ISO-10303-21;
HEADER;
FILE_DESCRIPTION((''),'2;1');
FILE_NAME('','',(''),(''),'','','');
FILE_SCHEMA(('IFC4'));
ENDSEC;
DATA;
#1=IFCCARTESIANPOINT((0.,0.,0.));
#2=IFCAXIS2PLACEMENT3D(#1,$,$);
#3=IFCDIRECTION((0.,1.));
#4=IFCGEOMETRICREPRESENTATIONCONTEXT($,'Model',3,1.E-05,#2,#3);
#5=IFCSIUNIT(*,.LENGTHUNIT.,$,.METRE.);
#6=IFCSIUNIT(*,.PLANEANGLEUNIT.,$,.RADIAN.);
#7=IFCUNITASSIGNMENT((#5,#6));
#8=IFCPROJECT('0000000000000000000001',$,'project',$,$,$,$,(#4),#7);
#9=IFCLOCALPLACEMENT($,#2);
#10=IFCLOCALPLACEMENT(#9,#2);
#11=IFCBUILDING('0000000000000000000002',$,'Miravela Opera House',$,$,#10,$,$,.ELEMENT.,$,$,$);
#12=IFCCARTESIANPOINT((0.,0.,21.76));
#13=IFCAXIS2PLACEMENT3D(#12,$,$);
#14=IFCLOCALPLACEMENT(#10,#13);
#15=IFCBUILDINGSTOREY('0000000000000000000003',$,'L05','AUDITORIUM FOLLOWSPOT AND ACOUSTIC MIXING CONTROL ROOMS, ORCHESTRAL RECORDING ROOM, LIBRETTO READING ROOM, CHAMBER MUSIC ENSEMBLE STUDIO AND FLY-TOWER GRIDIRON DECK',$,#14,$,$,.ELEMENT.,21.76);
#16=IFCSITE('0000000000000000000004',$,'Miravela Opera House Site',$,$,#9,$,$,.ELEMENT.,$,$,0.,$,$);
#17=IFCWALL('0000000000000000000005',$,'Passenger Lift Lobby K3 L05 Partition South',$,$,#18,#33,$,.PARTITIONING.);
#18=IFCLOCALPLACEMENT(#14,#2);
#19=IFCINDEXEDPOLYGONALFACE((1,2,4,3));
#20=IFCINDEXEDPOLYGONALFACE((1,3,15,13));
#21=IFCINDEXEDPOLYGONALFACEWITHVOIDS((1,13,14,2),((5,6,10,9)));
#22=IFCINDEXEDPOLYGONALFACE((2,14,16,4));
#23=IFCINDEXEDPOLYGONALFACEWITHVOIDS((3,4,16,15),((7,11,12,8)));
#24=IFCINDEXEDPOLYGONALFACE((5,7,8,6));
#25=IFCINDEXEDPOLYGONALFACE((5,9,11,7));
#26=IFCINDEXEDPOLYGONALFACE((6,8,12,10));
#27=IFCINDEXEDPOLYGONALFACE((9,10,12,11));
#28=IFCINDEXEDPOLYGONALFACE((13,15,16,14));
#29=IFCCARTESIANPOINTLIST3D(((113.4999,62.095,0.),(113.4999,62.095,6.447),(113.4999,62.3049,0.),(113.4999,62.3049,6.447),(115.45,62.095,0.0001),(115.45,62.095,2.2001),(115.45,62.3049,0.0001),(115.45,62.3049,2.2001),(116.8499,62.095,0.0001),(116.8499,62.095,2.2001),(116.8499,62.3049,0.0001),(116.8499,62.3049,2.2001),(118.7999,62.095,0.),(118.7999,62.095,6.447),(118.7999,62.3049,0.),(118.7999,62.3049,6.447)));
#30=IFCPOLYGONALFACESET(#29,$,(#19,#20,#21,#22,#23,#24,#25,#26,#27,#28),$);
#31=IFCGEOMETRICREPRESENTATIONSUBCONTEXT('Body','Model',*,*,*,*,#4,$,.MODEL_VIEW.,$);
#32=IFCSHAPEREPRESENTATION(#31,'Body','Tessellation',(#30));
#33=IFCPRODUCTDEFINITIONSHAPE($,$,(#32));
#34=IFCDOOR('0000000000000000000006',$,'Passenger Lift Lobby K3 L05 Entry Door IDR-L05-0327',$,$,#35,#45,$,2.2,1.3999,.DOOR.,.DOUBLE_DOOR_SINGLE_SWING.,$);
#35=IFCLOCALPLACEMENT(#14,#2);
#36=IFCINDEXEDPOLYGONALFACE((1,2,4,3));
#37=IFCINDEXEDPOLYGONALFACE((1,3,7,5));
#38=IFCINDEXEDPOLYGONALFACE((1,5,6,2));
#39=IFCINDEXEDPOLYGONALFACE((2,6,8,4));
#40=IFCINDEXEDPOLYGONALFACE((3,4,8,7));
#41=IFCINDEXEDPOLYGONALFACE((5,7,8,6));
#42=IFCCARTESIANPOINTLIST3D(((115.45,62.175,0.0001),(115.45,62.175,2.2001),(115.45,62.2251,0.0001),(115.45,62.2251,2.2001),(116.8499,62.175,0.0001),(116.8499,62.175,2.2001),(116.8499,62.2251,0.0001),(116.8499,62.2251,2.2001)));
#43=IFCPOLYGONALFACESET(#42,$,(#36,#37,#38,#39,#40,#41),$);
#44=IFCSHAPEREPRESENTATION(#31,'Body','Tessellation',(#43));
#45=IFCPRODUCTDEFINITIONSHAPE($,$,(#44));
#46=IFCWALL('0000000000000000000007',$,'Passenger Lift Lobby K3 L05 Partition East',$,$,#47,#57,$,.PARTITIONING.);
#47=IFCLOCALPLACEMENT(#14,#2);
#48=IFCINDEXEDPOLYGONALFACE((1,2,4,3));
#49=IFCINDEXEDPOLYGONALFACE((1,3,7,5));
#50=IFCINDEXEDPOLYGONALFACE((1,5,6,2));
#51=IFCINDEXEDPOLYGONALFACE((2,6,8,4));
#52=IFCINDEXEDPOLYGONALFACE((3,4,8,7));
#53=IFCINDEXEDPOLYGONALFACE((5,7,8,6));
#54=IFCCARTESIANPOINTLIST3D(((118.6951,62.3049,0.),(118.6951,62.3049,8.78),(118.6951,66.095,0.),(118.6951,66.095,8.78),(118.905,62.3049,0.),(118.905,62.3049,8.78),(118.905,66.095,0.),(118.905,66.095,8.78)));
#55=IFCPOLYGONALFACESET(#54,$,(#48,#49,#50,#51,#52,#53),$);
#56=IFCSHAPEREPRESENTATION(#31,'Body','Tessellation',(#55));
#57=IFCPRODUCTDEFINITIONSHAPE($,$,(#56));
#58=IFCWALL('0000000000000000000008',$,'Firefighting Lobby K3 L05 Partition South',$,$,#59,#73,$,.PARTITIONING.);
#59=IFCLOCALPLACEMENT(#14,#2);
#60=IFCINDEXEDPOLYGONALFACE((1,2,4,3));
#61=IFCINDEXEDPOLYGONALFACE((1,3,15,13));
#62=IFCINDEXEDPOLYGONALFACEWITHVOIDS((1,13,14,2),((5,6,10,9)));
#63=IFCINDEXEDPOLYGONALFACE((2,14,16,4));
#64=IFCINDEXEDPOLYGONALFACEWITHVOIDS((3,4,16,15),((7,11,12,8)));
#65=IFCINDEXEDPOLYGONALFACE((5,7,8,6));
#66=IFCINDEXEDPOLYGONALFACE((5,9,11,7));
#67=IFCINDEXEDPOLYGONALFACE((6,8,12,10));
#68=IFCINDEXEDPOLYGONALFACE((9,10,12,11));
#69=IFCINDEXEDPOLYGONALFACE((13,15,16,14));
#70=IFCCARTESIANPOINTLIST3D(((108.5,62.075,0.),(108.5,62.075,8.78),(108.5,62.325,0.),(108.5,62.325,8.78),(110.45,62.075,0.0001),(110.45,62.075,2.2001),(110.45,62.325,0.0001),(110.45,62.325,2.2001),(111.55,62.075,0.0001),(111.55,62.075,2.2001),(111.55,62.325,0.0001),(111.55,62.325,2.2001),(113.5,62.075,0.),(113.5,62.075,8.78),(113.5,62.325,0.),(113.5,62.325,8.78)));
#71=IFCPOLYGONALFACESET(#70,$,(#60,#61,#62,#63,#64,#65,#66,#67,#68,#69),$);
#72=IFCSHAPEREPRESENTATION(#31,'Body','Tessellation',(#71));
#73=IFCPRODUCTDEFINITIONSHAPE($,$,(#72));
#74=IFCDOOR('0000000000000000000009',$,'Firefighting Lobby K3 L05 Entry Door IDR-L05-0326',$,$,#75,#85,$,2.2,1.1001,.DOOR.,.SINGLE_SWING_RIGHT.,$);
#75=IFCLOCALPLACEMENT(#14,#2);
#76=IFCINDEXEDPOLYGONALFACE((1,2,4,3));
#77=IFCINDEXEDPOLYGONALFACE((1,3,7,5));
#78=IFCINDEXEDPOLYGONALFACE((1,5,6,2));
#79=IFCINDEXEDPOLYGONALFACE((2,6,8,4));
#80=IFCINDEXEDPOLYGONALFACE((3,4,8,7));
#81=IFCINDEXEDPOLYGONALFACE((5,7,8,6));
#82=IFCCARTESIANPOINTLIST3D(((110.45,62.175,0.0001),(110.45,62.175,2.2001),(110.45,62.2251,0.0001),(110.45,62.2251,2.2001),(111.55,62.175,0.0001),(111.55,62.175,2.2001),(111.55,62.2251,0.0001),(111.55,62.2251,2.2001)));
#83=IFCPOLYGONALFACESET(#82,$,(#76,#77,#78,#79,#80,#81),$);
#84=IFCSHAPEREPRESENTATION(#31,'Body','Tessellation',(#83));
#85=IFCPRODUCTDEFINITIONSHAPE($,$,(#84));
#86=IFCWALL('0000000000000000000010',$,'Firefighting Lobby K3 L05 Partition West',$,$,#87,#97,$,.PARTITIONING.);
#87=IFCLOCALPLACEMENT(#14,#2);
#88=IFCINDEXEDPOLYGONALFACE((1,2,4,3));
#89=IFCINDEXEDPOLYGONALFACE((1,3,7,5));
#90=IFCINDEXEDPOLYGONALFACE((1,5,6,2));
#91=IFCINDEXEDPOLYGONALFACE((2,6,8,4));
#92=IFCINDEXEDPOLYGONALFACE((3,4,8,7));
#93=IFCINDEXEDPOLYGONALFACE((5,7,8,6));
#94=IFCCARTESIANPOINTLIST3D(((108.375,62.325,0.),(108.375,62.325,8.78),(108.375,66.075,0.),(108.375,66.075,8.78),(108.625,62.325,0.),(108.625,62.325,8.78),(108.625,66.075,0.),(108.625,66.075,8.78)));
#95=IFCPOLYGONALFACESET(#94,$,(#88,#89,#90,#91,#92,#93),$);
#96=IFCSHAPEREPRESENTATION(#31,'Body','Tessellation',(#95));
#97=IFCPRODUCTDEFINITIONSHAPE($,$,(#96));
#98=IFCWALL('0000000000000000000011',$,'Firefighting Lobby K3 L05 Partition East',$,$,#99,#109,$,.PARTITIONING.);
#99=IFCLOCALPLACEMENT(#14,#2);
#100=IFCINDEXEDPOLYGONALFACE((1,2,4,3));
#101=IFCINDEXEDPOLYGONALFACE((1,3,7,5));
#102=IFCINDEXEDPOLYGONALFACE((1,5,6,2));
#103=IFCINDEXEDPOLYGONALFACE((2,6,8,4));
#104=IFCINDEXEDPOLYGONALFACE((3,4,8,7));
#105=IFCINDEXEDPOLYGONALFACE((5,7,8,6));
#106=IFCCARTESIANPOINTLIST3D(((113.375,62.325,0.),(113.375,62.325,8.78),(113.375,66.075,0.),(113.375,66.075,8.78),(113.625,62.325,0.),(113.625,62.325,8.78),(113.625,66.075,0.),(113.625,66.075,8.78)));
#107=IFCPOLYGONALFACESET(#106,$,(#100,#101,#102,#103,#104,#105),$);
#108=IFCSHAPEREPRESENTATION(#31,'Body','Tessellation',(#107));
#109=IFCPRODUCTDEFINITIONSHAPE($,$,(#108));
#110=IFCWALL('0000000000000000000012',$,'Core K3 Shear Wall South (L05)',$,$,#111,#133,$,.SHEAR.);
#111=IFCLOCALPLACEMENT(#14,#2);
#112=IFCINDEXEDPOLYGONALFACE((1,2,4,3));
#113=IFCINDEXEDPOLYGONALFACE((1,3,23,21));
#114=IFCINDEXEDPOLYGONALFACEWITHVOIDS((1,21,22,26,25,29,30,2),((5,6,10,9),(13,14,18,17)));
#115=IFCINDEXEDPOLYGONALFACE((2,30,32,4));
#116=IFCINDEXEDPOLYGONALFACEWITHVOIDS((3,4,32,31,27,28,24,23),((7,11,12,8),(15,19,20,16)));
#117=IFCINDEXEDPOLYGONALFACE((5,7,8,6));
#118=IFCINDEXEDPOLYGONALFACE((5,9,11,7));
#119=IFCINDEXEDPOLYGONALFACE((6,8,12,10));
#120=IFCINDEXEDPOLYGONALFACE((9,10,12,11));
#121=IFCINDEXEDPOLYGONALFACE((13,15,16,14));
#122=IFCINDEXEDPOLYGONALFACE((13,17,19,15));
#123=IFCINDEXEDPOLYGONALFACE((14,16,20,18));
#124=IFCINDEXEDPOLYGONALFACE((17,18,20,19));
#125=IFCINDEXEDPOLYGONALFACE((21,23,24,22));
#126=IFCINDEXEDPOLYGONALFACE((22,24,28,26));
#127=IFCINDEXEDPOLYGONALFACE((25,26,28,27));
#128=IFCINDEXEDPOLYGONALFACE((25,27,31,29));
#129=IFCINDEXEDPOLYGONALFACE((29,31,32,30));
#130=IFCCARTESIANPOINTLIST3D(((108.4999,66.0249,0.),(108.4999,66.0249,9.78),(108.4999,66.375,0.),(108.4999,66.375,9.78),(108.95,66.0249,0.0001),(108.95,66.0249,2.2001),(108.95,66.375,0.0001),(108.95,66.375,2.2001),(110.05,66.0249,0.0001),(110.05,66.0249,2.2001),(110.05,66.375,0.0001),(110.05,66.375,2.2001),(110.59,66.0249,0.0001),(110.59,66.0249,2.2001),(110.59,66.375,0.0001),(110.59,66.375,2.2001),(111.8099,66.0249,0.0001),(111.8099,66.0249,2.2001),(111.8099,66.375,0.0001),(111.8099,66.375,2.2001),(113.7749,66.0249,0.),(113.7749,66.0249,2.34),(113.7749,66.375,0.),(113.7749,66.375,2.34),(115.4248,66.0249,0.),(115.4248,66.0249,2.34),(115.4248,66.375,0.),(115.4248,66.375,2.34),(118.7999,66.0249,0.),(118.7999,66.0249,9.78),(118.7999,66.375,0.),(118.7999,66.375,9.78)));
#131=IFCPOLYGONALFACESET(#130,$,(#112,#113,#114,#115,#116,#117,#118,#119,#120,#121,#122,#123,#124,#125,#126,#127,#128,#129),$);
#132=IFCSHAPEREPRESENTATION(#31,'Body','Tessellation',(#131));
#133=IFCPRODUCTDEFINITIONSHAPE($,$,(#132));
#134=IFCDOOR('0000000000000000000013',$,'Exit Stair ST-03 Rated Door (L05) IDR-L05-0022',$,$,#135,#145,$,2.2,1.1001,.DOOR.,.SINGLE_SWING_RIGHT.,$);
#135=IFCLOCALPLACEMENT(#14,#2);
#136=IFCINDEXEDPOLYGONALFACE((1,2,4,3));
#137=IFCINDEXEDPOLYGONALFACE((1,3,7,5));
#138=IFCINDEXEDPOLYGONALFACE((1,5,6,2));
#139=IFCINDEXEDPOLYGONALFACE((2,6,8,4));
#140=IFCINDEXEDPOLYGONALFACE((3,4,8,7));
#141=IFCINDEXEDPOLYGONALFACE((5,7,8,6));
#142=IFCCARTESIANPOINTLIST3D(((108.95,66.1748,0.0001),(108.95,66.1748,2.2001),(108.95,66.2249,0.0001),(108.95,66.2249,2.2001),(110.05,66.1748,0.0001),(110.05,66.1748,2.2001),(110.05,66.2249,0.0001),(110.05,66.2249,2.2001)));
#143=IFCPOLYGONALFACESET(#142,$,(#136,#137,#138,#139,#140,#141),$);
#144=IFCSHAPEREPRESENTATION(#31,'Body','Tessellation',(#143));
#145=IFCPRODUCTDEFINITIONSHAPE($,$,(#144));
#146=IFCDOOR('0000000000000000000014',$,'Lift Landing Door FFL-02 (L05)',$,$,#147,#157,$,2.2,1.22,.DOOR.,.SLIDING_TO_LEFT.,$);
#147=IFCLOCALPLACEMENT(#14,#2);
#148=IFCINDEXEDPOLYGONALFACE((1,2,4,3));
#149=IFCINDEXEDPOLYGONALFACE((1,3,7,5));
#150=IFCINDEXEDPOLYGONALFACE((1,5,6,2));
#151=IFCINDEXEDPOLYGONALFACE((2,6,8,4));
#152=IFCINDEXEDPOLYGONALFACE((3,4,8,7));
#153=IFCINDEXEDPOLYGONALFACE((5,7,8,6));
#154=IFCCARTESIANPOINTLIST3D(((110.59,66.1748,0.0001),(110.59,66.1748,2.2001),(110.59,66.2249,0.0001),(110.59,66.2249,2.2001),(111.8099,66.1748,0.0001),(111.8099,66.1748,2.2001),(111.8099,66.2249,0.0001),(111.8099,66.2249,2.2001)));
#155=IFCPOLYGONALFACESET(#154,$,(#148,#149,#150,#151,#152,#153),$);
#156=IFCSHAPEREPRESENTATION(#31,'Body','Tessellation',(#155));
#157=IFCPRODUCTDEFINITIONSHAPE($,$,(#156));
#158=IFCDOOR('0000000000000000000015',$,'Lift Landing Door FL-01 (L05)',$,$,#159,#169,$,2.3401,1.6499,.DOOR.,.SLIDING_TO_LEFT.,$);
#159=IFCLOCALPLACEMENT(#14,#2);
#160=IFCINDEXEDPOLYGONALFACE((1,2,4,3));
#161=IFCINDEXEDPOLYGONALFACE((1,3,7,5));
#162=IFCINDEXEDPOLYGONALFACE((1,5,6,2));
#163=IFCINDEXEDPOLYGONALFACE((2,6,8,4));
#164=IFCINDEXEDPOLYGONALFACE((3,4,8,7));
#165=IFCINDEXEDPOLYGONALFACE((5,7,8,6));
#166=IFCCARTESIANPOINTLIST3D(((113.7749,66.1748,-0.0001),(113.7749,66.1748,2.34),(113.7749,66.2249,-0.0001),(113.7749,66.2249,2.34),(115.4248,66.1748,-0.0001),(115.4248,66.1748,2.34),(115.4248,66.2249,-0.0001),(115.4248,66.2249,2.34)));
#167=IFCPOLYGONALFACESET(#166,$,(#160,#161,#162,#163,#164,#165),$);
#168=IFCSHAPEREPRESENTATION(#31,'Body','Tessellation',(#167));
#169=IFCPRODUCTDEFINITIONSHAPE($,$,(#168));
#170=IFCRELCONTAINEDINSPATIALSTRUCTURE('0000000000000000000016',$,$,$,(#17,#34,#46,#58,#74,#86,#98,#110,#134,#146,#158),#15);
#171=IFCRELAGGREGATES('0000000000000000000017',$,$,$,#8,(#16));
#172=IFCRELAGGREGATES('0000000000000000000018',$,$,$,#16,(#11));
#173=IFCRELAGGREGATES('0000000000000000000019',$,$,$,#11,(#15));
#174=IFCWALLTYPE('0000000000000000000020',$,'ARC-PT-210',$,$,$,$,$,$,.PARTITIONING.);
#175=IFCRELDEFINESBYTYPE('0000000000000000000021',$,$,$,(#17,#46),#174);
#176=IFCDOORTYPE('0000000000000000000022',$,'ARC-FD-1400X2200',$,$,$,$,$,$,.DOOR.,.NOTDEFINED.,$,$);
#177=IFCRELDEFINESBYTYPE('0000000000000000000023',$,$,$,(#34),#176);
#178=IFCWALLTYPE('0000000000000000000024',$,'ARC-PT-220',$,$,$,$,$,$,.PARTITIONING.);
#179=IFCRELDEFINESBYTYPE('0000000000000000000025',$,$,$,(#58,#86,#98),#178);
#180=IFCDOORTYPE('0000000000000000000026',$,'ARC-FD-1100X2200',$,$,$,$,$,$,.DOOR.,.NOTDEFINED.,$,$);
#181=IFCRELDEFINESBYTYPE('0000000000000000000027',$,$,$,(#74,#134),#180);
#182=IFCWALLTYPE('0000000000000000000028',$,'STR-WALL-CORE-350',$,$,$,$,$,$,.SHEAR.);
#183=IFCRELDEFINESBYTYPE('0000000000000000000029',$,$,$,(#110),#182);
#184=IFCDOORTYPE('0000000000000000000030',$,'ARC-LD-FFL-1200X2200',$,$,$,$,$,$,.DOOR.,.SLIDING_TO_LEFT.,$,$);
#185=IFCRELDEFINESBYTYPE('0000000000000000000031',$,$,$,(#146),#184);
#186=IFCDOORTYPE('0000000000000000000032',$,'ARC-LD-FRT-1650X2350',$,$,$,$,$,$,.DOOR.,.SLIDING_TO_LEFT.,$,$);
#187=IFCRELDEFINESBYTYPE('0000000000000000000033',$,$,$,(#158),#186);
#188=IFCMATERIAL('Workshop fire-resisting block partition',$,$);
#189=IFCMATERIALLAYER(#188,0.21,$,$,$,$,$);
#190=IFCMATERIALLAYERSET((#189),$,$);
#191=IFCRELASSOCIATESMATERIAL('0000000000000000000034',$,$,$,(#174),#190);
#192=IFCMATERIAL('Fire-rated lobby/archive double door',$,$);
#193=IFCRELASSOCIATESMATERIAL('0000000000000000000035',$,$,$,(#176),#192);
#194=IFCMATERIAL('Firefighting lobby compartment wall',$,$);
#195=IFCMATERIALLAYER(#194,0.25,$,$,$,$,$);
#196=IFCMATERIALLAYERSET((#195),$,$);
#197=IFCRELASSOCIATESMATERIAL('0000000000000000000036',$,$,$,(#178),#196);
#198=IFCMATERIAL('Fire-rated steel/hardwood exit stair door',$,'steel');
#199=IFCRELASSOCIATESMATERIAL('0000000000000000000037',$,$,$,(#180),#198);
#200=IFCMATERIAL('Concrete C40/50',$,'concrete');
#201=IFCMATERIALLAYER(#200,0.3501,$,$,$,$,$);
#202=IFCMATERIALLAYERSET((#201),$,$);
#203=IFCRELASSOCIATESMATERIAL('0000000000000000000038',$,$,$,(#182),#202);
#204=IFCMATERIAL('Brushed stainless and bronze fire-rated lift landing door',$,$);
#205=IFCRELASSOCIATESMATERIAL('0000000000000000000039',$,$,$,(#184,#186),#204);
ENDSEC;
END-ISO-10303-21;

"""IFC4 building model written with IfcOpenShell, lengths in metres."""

from ifc_helpers import new_model, si_unit, direction, frame, frame_2d, origin, place, context, subcontext, project, spatial, rectangle, extrude, material, layer, layer_set, type_object, element, fill, save


model = new_model("IFC4")

# Units and contexts
model_context = context("Model", 3, precision=1e-05, world=origin(), true_north=direction((0.0, 1.0)))
body_context = subcontext(model_context, "Body", "Model", "MODEL_VIEW")
ifc_project = project(units=[si_unit("LENGTHUNIT", "METRE"), si_unit("PLANEANGLEUNIT", "RADIAN")], contexts=[model_context])

# Site, building, storey
site_placement = place(None, origin())
site = spatial("IfcSite", under=ifc_project, at=site_placement, Name="Miravela Opera House Site", CompositionType="ELEMENT", RefElevation=0.0)
building_placement = place(site_placement, origin())
building = spatial("IfcBuilding", under=site, at=building_placement, Name="Miravela Opera House", CompositionType="ELEMENT")
storey_placement = place(building_placement, frame((0.0, 0.0, 21.76)))
storey = spatial("IfcBuildingStorey", under=building, at=storey_placement, Name="L05", Description="AUDITORIUM FOLLOWSPOT AND ACOUSTIC MIXING CONTROL ROOMS, ORCHESTRAL RECORDING ROOM, LIBRETTO READING ROOM, CHAMBER MUSIC ENSEMBLE STUDIO AND FLY-TOWER GRIDIRON DECK", CompositionType="ELEMENT", Elevation=21.76)

# Wall, opening, door
ifc_material_1 = material(Name="Workshop fire-resisting block partition")
ifc_layer_1 = layer(ifc_material_1, 0.21)
ifc_layer_set_1 = layer_set([ifc_layer_1])
wall_type_1 = type_object("IfcWallType", Name="ARC-PT-210", PredefinedType="PARTITIONING", material=ifc_layer_set_1)
wall_1_placement = place(storey_placement, frame((113.5, 62.2, 0.0), z_axis=(0.0, 0.0, 1.0), x_axis=(1.0, 0.0, 0.0)))
wall_1 = element("IfcWall", 1, at=wall_1_placement, inside=storey, type_object=wall_type_1, Name="Passenger Lift Lobby K3 L05 Partition South", PredefinedType="PARTITIONING", context=body_context, shape_type="SweptSolid", body=[
    extrude(rectangle(XDim=5.3, YDim=0.21, at=frame_2d((2.6499, 0.0))), origin(), (0.0, 0.0, 1.0), 6.447),
])
opening_1_placement = place(wall_1_placement, frame((1.95, 0.0, 0.0)))
opening_1 = element("IfcOpeningElement", 2, at=opening_1_placement, cuts=wall_1, PredefinedType="OPENING", context=body_context, shape_type="SweptSolid", body=[
    extrude(rectangle(XDim=1.3999, YDim=2.2, at=frame_2d((0.7, 1.1001))), frame((0.0, 0.115, 0.0), z_axis=(0.0, -1.0, 0.0), x_axis=(1.0, 0.0, 0.0)), (0.0, 0.0, 1.0), 0.23),
])
ifc_material_2 = material(Name="Fire-rated lobby/archive double door")
door_type_1 = type_object("IfcDoorType", Name="ARC-FD-1400X2200", OperationType="NOTDEFINED", PredefinedType="DOOR", material=ifc_material_2)
door_1_placement = place(opening_1_placement, frame((1.3999, 0.0, 0.0), z_axis=(0.0, 0.0, 1.0), x_axis=(-1.0, 0.0, 0.0)))
door_1 = element("IfcDoor", 3, at=door_1_placement, inside=storey, type_object=door_type_1, Name="Passenger Lift Lobby K3 L05 Entry Door IDR-L05-0327", OperationType="DOUBLE_DOOR_SINGLE_SWING", OverallHeight=2.2, OverallWidth=1.3999, PredefinedType="DOOR", context=body_context, shape_type="SweptSolid", body=[
    extrude(rectangle(XDim=1.3999, YDim=2.2, at=frame_2d((0.7, 1.1001))), frame((0.0, 0.0249, 0.0), z_axis=(0.0, -1.0, 0.0), x_axis=(1.0, 0.0, 0.0)), (0.0, 0.0, 1.0), 0.05),
])
fill(opening_1, door_1)

# Wall
wall_2_placement = place(storey_placement, frame((118.8, 62.3049, 0.0), z_axis=(0.0, 0.0, 1.0), x_axis=(0.0, 1.0, 0.0)))
element("IfcWall", 4, at=wall_2_placement, inside=storey, type_object=wall_type_1, Name="Passenger Lift Lobby K3 L05 Partition East", PredefinedType="PARTITIONING", context=body_context, shape_type="SweptSolid", body=[
    extrude(rectangle(XDim=3.79, YDim=0.21, at=frame_2d((1.895, 0.0))), origin(), (0.0, 0.0, 1.0), 8.78),
])

# Wall, opening, door
ifc_material_3 = material(Name="Firefighting lobby compartment wall")
ifc_layer_2 = layer(ifc_material_3, 0.25)
ifc_layer_set_2 = layer_set([ifc_layer_2])
wall_type_2 = type_object("IfcWallType", Name="ARC-PT-220", PredefinedType="PARTITIONING", material=ifc_layer_set_2)
wall_3_placement = place(storey_placement, frame((108.5, 62.2, 0.0), z_axis=(0.0, 0.0, 1.0), x_axis=(1.0, 0.0, 0.0)))
wall_3 = element("IfcWall", 5, at=wall_3_placement, inside=storey, type_object=wall_type_2, Name="Firefighting Lobby K3 L05 Partition South", PredefinedType="PARTITIONING", context=body_context, shape_type="SweptSolid", body=[
    extrude(rectangle(XDim=5.0, YDim=0.25, at=frame_2d((2.5, 0.0))), origin(), (0.0, 0.0, 1.0), 8.78),
])
opening_2_placement = place(wall_3_placement, frame((1.95, 0.0, 0.0)))
opening_2 = element("IfcOpeningElement", 6, at=opening_2_placement, cuts=wall_3, PredefinedType="OPENING", context=body_context, shape_type="SweptSolid", body=[
    extrude(rectangle(XDim=1.1001, YDim=2.2, at=frame_2d((0.55, 1.1001))), frame((0.0, 0.135, 0.0), z_axis=(0.0, -1.0, 0.0), x_axis=(1.0, 0.0, 0.0)), (0.0, 0.0, 1.0), 0.27),
])
ifc_material_4 = material(Name="Fire-rated steel/hardwood exit stair door", Category="steel")
door_type_2 = type_object("IfcDoorType", Name="ARC-FD-1100X2200", OperationType="NOTDEFINED", PredefinedType="DOOR", material=ifc_material_4)
door_2_placement = place(opening_2_placement, frame((1.1001, 0.0, 0.0), z_axis=(0.0, 0.0, 1.0), x_axis=(-1.0, 0.0, 0.0)))
door_2 = element("IfcDoor", 7, at=door_2_placement, inside=storey, type_object=door_type_2, Name="Firefighting Lobby K3 L05 Entry Door IDR-L05-0326", OperationType="SINGLE_SWING_RIGHT", OverallHeight=2.2, OverallWidth=1.1001, PredefinedType="DOOR", context=body_context, shape_type="SweptSolid", body=[
    extrude(rectangle(XDim=1.1001, YDim=2.2, at=frame_2d((0.55, 1.1001))), frame((0.0, 0.0249, 0.0), z_axis=(0.0, -1.0, 0.0), x_axis=(1.0, 0.0, 0.0)), (0.0, 0.0, 1.0), 0.05),
])
fill(opening_2, door_2)

# Walls
for number, where, z_axis, x_axis, name in (
    (8, (108.5, 62.325, 0.0), (0.0, 0.0, 1.0), (0.0, 1.0, 0.0), "Firefighting Lobby K3 L05 Partition West"),
    (9, (113.5, 62.325, 0.0), (0.0, 0.0, 1.0), (0.0, 1.0, 0.0), "Firefighting Lobby K3 L05 Partition East"),
):
    element("IfcWall", number, at=place(storey_placement, frame(where, z_axis=z_axis, x_axis=x_axis)), inside=storey, type_object=wall_type_2, Name=name, PredefinedType="PARTITIONING", context=body_context, shape_type="SweptSolid", body=[
        extrude(rectangle(XDim=3.75, YDim=0.25, at=frame_2d((1.875, 0.0))), origin(), (0.0, 0.0, 1.0), 8.78),
    ])

# Wall, openings, doors
ifc_material_5 = material(Name="Concrete C40/50", Category="concrete")
ifc_layer_3 = layer(ifc_material_5, 0.3501)
ifc_layer_set_3 = layer_set([ifc_layer_3])
wall_type_3 = type_object("IfcWallType", Name="STR-WALL-CORE-350", PredefinedType="SHEAR", material=ifc_layer_set_3)
wall_4_placement = place(storey_placement, frame((108.5, 66.2, 0.0), z_axis=(0.0, 0.0, 1.0), x_axis=(1.0, 0.0, 0.0)))
wall_4 = element("IfcWall", 10, at=wall_4_placement, inside=storey, type_object=wall_type_3, Name="Core K3 Shear Wall South (L05)", PredefinedType="SHEAR", context=body_context, shape_type="SweptSolid", body=[
    extrude(rectangle(XDim=10.3, YDim=0.3501, at=frame_2d((5.1499, 0.0))), origin(), (0.0, 0.0, 1.0), 9.78),
])
opening_3_placement = place(wall_4_placement, frame((0.45, 0.0, 0.0)))
opening_3 = element("IfcOpeningElement", 11, at=opening_3_placement, cuts=wall_4, PredefinedType="OPENING", context=body_context, shape_type="SweptSolid", body=[
    extrude(rectangle(XDim=1.1001, YDim=2.2, at=frame_2d((0.55, 1.1001))), frame((0.0, 0.1851, 0.0), z_axis=(0.0, -1.0, 0.0), x_axis=(1.0, 0.0, 0.0)), (0.0, 0.0, 1.0), 0.3701),
])
opening_4_placement = place(wall_4_placement, frame((2.0901, 0.0, 0.0)))
opening_4 = element("IfcOpeningElement", 12, at=opening_4_placement, cuts=wall_4, PredefinedType="OPENING", context=body_context, shape_type="SweptSolid", body=[
    extrude(rectangle(XDim=1.22, YDim=2.2, at=frame_2d((0.6099, 1.1001))), frame((0.0, 0.1851, 0.0), z_axis=(0.0, -1.0, 0.0), x_axis=(1.0, 0.0, 0.0)), (0.0, 0.0, 1.0), 0.3701),
])
opening_5_placement = place(wall_4_placement, frame((5.2749, 0.0, 0.0)))
opening_5 = element("IfcOpeningElement", 13, at=opening_5_placement, cuts=wall_4, PredefinedType="OPENING", context=body_context, shape_type="SweptSolid", body=[
    extrude(rectangle(XDim=1.6499, YDim=2.3401, at=frame_2d((0.825, 1.1699))), frame((0.0, 0.1851, 0.0), z_axis=(0.0, -1.0, 0.0), x_axis=(1.0, 0.0, 0.0)), (0.0, 0.0, 1.0), 0.3701),
])
door_3_placement = place(opening_3_placement, origin())
door_3 = element("IfcDoor", 14, at=door_3_placement, inside=storey, type_object=door_type_2, Name="Exit Stair ST-03 Rated Door (L05) IDR-L05-0022", OperationType="SINGLE_SWING_RIGHT", OverallHeight=2.2, OverallWidth=1.1001, PredefinedType="DOOR", context=body_context, shape_type="SweptSolid", body=[
    extrude(rectangle(XDim=1.1001, YDim=2.2, at=frame_2d((0.55, 1.1001))), frame((0.0, 0.0249, 0.0), z_axis=(0.0, -1.0, 0.0), x_axis=(1.0, 0.0, 0.0)), (0.0, 0.0, 1.0), 0.05),
])
fill(opening_3, door_3)
ifc_material_6 = material(Name="Brushed stainless and bronze fire-rated lift landing door")
door_type_3 = type_object("IfcDoorType", Name="ARC-LD-FFL-1200X2200", OperationType="SLIDING_TO_LEFT", PredefinedType="DOOR", material=ifc_material_6)
door_4_placement = place(opening_4_placement, origin())
door_4 = element("IfcDoor", 15, at=door_4_placement, inside=storey, type_object=door_type_3, Name="Lift Landing Door FFL-02 (L05)", OperationType="SLIDING_TO_LEFT", OverallHeight=2.2, OverallWidth=1.22, PredefinedType="DOOR", context=body_context, shape_type="SweptSolid", body=[
    extrude(rectangle(XDim=1.22, YDim=2.2, at=frame_2d((0.6099, 1.1001))), frame((0.0, 0.0249, 0.0), z_axis=(0.0, -1.0, 0.0), x_axis=(1.0, 0.0, 0.0)), (0.0, 0.0, 1.0), 0.05),
])
fill(opening_4, door_4)
door_type_4 = type_object("IfcDoorType", Name="ARC-LD-FRT-1650X2350", OperationType="SLIDING_TO_LEFT", PredefinedType="DOOR", material=ifc_material_6)
door_5_placement = place(opening_5_placement, origin())
door_5 = element("IfcDoor", 16, at=door_5_placement, inside=storey, type_object=door_type_4, Name="Lift Landing Door FL-01 (L05)", OperationType="SLIDING_TO_LEFT", OverallHeight=2.3401, OverallWidth=1.6499, PredefinedType="DOOR", context=body_context, shape_type="SweptSolid", body=[
    extrude(rectangle(XDim=1.6499, YDim=2.3401, at=frame_2d((0.825, 1.1699))), frame((0.0, 0.0249, 0.0), z_axis=(0.0, -1.0, 0.0), x_axis=(1.0, 0.0, 0.0)), (0.0, 0.0, 1.0), 0.05),
])
fill(opening_5, door_5)

save(model, "model.ifc")
